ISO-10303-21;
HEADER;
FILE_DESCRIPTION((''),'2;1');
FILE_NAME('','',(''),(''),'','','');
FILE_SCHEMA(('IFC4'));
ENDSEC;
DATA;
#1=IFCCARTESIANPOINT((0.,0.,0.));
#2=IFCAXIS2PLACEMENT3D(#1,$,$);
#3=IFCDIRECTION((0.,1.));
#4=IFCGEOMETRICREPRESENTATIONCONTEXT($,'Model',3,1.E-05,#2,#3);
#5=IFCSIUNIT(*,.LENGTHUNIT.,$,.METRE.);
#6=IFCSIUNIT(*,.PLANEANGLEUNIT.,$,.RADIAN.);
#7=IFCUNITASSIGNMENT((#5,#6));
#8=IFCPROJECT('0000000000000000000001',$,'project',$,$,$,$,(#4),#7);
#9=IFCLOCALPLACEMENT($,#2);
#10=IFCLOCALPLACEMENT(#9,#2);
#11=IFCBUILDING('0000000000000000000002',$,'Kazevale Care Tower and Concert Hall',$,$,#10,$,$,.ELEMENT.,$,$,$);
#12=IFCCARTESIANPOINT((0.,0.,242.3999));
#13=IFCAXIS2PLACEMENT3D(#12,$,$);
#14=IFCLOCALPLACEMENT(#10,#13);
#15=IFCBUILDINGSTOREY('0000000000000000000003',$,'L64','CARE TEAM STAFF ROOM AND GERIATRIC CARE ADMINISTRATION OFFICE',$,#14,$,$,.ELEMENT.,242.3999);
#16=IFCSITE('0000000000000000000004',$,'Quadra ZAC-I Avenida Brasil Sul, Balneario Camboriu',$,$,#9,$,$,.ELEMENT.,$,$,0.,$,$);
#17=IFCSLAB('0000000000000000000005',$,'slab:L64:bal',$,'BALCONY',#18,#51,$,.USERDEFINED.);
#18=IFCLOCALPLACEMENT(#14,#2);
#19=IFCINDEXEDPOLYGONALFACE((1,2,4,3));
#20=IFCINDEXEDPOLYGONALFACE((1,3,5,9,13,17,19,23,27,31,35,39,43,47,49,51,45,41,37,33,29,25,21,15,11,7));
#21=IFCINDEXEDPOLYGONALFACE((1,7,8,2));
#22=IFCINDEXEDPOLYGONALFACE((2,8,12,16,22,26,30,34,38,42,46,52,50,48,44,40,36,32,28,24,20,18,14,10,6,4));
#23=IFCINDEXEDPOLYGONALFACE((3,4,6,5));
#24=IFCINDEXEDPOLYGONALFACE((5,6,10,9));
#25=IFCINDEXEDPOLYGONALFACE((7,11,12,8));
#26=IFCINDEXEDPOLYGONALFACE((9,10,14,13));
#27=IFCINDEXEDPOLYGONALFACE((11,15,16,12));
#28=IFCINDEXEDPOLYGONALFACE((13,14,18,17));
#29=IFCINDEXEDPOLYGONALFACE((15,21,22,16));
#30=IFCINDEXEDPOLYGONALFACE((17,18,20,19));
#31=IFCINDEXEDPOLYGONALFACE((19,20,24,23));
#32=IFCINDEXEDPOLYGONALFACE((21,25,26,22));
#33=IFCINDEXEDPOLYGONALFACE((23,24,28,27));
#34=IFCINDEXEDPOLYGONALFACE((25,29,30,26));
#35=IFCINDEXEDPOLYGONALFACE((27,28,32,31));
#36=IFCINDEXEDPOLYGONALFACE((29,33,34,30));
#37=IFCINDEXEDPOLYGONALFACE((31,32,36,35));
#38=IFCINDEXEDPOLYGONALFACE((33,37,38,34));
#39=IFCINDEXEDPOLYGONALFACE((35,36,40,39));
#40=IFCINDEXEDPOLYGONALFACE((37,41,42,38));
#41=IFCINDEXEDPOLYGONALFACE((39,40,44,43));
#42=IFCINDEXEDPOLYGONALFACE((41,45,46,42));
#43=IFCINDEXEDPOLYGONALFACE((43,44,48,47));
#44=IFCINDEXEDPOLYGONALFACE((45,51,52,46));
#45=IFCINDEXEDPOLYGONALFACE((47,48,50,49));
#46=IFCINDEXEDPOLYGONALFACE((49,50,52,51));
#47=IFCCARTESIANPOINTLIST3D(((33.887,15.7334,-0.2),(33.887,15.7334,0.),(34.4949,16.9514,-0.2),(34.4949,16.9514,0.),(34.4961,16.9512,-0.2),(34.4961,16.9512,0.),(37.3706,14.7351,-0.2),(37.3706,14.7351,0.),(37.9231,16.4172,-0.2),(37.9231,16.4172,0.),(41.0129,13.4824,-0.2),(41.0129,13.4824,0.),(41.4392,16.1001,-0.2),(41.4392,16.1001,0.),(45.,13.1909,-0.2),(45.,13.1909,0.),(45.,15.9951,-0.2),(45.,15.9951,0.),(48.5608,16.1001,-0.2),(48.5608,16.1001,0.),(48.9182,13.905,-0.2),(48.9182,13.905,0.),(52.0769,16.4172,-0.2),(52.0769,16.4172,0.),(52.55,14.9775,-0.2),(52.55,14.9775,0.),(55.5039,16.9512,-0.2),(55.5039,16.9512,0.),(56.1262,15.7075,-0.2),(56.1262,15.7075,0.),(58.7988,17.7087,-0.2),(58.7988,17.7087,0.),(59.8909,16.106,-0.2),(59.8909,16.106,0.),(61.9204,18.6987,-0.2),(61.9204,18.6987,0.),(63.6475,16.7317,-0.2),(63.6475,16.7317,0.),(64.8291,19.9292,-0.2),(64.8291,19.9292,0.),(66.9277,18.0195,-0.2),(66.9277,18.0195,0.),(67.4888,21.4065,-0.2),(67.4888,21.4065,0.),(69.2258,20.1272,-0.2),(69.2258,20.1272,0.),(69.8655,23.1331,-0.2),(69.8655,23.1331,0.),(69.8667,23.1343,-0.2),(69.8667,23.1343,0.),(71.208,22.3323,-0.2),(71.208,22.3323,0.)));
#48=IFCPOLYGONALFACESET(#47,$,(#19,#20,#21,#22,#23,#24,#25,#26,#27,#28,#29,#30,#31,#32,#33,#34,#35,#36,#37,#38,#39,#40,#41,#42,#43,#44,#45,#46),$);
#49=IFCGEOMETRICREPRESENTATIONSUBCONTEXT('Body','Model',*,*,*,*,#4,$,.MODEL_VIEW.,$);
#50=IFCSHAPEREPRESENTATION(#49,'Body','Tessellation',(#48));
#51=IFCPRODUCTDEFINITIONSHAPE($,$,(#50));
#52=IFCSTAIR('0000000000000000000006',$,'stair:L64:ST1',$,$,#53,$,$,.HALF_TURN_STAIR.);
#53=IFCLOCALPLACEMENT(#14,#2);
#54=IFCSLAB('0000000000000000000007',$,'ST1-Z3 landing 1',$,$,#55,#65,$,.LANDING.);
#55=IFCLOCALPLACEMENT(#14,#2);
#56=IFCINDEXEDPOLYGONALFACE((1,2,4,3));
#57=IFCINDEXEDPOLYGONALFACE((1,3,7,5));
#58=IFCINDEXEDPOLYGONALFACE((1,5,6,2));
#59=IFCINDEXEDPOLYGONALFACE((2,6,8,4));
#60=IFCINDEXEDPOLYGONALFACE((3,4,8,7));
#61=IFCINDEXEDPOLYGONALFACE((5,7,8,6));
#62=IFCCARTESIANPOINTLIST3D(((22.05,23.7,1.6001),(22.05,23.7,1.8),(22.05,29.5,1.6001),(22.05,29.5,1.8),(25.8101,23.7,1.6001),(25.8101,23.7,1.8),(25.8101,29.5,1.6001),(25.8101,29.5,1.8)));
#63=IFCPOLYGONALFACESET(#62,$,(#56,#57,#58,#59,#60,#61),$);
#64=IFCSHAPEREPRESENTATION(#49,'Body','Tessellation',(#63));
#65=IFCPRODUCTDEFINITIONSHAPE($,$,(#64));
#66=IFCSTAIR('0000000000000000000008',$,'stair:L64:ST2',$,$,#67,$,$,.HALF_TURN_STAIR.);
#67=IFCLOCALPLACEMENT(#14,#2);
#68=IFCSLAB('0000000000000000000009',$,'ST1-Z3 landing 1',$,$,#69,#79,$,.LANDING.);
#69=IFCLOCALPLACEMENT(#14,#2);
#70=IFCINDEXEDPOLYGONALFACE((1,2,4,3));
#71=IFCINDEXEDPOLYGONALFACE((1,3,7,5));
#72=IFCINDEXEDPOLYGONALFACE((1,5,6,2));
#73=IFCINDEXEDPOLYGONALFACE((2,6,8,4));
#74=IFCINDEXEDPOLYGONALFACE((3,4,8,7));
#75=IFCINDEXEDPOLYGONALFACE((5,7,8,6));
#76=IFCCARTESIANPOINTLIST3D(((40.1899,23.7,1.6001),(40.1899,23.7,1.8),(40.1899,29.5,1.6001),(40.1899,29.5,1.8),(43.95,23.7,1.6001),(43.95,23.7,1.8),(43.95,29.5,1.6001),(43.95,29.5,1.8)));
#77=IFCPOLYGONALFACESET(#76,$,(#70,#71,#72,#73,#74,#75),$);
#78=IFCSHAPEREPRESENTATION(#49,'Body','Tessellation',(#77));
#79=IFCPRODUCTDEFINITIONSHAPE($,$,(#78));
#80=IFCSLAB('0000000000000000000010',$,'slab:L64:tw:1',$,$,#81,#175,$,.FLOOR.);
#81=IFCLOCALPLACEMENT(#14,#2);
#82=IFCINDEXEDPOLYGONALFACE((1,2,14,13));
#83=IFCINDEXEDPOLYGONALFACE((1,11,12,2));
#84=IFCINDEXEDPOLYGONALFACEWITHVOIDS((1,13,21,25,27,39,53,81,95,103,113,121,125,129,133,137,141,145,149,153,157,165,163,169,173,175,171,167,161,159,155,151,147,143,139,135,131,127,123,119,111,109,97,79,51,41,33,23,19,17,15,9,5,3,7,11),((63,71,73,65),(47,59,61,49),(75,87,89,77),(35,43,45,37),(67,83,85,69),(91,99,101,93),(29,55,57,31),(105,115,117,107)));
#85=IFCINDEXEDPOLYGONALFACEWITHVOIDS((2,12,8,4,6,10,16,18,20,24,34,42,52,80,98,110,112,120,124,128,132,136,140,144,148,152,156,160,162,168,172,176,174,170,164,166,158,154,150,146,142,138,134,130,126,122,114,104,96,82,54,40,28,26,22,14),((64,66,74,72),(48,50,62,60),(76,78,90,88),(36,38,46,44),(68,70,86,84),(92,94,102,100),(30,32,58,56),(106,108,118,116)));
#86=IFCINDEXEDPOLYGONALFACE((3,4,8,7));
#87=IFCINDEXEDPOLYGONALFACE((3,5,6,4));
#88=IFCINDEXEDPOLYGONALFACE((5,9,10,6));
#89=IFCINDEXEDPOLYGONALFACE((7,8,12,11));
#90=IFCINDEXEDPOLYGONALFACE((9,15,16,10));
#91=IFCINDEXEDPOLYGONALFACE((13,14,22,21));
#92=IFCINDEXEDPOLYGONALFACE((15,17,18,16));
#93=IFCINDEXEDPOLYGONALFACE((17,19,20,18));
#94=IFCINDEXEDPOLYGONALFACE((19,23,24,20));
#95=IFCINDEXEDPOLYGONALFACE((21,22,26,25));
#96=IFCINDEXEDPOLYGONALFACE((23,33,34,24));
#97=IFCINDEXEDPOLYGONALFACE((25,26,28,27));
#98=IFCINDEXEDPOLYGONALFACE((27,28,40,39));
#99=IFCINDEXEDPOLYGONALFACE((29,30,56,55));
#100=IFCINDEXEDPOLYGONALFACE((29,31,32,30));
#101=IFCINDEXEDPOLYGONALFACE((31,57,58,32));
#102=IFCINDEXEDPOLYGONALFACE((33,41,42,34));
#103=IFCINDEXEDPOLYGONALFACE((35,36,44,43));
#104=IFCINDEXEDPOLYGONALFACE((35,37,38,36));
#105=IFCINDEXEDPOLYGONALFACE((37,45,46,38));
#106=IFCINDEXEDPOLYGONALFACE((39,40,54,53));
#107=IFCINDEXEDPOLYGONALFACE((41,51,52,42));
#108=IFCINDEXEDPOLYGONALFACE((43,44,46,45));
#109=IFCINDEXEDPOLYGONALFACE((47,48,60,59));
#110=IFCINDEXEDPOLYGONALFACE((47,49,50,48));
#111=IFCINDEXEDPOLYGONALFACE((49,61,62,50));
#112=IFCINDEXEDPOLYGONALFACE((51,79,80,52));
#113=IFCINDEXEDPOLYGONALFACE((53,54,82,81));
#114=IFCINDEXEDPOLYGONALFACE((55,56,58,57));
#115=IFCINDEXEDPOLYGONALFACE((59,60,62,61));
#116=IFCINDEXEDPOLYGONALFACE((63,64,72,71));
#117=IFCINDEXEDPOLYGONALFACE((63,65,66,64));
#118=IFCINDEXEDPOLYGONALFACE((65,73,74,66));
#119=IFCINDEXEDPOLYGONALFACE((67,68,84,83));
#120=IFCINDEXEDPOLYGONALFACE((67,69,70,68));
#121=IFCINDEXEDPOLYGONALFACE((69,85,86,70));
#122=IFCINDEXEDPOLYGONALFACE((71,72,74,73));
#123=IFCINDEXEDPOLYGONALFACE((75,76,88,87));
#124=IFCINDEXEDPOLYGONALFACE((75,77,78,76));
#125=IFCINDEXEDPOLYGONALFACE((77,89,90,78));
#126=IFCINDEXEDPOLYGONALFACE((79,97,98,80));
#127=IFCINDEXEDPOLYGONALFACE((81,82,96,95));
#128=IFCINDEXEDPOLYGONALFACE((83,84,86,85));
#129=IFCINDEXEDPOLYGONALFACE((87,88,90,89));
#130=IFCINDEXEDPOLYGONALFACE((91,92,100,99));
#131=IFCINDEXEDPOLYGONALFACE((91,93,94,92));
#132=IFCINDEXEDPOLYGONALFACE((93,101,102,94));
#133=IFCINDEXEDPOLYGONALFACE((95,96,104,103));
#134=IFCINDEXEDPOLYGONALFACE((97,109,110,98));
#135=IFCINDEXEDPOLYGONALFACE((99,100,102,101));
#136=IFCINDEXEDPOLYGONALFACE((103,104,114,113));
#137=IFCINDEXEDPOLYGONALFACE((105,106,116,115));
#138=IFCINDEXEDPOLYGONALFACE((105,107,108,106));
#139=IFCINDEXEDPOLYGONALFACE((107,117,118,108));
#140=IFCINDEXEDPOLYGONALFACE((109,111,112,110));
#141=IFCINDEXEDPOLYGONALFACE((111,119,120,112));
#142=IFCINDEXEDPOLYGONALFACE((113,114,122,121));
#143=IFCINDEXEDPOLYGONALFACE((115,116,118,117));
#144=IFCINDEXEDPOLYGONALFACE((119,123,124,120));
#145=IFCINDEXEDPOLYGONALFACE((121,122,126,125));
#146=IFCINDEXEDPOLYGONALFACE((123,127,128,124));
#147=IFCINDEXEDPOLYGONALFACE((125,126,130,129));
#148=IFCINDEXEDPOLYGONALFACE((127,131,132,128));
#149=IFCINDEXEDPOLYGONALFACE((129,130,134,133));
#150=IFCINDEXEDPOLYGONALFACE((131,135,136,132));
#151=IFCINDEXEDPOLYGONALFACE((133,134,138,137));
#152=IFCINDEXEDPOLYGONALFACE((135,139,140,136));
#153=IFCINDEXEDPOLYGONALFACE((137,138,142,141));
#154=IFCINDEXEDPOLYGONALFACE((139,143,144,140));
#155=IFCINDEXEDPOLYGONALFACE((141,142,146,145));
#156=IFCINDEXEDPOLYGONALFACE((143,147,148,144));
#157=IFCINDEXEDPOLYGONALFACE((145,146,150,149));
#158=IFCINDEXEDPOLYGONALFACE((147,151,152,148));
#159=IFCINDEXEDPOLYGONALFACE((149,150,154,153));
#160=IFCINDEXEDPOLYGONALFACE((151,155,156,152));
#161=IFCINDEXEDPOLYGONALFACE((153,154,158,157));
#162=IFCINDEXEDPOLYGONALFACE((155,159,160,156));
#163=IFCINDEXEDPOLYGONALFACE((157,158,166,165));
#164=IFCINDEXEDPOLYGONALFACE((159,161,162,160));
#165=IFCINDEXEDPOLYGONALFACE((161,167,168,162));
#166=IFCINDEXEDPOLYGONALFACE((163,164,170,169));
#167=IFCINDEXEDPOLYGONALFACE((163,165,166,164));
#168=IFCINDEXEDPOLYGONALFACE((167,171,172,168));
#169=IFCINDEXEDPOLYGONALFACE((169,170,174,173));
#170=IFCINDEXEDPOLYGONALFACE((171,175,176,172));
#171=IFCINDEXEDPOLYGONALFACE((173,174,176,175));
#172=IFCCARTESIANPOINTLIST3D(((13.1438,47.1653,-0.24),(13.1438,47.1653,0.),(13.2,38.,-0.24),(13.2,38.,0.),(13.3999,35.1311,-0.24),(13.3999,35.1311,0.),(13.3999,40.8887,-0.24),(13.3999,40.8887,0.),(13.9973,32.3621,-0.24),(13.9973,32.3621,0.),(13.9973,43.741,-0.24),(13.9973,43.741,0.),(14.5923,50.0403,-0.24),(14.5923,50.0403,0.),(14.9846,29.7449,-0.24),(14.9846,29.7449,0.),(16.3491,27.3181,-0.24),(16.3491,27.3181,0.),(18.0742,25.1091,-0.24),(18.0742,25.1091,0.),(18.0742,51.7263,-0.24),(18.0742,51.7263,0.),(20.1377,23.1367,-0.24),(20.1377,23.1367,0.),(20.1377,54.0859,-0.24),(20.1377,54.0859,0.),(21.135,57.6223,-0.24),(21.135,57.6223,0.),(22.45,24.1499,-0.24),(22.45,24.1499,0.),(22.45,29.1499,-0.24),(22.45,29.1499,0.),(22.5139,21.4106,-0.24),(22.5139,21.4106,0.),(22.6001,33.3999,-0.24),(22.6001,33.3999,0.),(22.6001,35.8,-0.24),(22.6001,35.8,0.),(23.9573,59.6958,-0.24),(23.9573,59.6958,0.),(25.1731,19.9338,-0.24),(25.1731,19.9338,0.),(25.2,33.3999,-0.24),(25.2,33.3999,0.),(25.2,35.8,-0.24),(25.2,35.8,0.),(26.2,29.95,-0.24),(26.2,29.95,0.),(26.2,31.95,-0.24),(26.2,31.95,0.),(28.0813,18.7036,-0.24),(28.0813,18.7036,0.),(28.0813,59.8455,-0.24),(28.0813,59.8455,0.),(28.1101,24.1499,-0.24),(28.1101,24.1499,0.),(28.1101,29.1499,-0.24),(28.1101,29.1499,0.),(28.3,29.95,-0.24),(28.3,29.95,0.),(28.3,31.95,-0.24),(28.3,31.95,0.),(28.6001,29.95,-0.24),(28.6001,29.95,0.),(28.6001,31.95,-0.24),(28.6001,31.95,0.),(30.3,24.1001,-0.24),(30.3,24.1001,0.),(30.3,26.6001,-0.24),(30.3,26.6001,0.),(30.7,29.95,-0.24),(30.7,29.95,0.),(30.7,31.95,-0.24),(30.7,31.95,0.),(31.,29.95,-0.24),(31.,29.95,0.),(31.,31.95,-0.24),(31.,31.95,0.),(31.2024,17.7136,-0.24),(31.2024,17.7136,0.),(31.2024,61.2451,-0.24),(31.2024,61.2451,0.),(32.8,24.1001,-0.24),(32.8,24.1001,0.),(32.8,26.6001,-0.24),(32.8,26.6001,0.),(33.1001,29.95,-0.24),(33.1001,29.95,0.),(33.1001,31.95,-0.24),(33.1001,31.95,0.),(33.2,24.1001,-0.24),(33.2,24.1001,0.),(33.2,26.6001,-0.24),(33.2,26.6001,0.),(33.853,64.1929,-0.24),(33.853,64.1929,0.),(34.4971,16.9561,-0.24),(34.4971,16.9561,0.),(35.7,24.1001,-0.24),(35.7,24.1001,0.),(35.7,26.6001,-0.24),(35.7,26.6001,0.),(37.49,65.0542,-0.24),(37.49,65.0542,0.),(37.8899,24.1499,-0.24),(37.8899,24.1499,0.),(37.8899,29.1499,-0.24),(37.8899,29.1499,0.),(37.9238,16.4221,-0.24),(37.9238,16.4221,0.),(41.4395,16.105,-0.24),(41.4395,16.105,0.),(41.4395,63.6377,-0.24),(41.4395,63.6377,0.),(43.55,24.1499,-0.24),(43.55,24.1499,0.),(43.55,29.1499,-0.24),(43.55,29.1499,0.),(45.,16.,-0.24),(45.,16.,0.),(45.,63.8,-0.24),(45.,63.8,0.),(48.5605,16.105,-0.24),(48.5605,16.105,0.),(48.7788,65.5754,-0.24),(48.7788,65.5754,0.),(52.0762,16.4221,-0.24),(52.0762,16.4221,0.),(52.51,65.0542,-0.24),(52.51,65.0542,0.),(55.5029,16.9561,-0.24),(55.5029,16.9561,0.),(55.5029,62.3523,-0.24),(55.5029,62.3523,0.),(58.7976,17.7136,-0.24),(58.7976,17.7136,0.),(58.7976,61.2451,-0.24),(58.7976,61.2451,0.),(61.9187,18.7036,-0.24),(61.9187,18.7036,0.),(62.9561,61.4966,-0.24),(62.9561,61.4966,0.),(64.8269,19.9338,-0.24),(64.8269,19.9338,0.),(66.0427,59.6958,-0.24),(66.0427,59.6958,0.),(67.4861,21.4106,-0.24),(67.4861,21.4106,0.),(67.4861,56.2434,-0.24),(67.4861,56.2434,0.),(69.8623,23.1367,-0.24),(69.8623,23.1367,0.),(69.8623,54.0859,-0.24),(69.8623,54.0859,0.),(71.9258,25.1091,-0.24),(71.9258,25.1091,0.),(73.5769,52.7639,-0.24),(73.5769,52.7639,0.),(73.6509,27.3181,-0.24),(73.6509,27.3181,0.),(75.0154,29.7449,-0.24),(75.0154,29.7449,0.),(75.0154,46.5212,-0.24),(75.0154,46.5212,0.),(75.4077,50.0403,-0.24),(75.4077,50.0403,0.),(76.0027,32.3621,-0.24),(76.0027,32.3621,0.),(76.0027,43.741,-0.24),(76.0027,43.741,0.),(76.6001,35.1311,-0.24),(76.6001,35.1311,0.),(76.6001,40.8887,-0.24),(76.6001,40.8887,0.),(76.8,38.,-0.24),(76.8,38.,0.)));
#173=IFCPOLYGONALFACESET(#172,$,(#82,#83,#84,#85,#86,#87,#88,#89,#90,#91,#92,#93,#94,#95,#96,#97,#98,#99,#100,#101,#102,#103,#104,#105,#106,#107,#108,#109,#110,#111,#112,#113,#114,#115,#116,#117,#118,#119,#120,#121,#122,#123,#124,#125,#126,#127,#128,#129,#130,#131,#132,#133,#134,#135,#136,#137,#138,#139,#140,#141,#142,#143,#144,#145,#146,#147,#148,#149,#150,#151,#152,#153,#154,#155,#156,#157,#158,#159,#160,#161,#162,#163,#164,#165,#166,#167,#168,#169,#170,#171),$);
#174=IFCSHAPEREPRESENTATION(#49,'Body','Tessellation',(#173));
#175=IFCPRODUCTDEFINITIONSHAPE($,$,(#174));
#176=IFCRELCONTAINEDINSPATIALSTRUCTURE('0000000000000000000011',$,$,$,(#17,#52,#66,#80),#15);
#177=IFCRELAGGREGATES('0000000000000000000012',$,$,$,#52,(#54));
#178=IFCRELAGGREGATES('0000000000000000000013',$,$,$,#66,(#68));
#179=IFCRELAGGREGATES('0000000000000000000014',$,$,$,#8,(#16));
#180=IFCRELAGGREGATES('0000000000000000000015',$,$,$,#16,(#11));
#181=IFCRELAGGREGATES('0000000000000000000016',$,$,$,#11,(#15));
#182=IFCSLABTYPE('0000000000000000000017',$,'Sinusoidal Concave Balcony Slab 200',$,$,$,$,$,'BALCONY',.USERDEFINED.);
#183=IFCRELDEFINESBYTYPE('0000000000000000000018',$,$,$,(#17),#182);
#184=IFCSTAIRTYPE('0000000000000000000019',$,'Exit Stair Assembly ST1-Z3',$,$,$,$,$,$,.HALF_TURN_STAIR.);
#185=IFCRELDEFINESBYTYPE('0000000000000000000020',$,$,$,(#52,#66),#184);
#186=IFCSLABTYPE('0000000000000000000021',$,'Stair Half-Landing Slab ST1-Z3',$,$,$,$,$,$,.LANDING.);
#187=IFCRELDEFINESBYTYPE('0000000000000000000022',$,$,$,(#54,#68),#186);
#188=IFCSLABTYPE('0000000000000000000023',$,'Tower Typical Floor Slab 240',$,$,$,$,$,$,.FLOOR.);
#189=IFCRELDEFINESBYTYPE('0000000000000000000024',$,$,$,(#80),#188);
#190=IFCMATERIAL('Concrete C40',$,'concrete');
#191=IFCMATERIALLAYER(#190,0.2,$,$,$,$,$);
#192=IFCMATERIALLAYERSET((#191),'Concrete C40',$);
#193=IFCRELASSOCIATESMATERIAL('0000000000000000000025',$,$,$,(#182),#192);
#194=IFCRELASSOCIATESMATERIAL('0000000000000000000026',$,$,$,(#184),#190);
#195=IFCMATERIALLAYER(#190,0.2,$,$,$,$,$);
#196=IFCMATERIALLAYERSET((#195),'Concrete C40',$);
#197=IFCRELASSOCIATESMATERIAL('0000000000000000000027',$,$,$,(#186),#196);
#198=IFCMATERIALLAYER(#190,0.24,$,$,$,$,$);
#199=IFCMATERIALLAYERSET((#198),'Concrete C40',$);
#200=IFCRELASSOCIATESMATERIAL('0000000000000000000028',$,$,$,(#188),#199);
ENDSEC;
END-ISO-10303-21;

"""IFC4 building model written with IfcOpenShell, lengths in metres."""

from ifc_helpers import new_model, si_unit, direction, frame, origin, place, context, subcontext, project, spatial, polyline, outline, extrude, material, layer, layer_set, type_object, element, aggregate, save


model = new_model("IFC4")

# Units and contexts
model_context = context("Model", 3, precision=1e-05, world=origin(), true_north=direction((0.0, 1.0)))
body_context = subcontext(model_context, "Body", "Model", "MODEL_VIEW")
ifc_project = project(units=[si_unit("LENGTHUNIT", "METRE"), si_unit("PLANEANGLEUNIT", "RADIAN")], contexts=[model_context])

# Site, building, storey
site_placement = place(None, origin())
site = spatial("IfcSite", under=ifc_project, at=site_placement, Name="Quadra ZAC-I Avenida Brasil Sul, Balneario Camboriu", CompositionType="ELEMENT", RefElevation=0.0)
building_placement = place(site_placement, origin())
building = spatial("IfcBuilding", under=site, at=building_placement, Name="Kazevale Care Tower and Concert Hall", CompositionType="ELEMENT")
storey_placement = place(building_placement, frame((0.0, 0.0, 242.3999)))
storey = spatial("IfcBuildingStorey", under=building, at=storey_placement, Name="L64", Description="CARE TEAM STAFF ROOM AND GERIATRIC CARE ADMINISTRATION OFFICE", CompositionType="ELEMENT", Elevation=242.3999)

# Slab
ifc_material_1 = material(Name="Concrete C40", Category="concrete")
ifc_layer_1 = layer(ifc_material_1, 0.2)
ifc_layer_set_1 = layer_set([ifc_layer_1], Name="Concrete C40")
slab_type_1 = type_object("IfcSlabType", Name="Sinusoidal Concave Balcony Slab 200", ElementType="BALCONY", PredefinedType="USERDEFINED", material=ifc_layer_set_1)
slab_1_placement = place(storey_placement, frame((0.0, 0.0, -0.2)))
element("IfcSlab", 1, at=slab_1_placement, inside=storey, type_object=slab_type_1, Name="slab:L64:bal", ObjectType="BALCONY", PredefinedType="USERDEFINED", context=body_context, shape_type="SweptSolid", body=[
    extrude(outline(polyline([(71.208, 22.3323), (69.2258, 20.1272), (66.9277, 18.0195), (63.6475, 16.7317), (59.8909, 16.106), (56.1262, 15.7075), (52.55, 14.9775), (48.9182, 13.905), (45.0, 13.1909), (41.0129, 13.4824), (37.3706, 14.7351), (33.887, 15.7334), (34.4949, 16.9514), (34.4961, 16.9512), (37.9231, 16.4172), (41.4392, 16.1001), (45.0, 15.9951), (48.5608, 16.1001), (52.0769, 16.4172), (55.5039, 16.9512), (58.7988, 17.7087), (61.9204, 18.6987), (64.8291, 19.9292), (67.4888, 21.4065), (69.8655, 23.1331), (69.8667, 23.1343), (71.208, 22.3323)])), origin(), (0.0, 0.0, 1.0), 0.2),
])

# Stairs, slabs
stair_type = type_object("IfcStairType", Name="Exit Stair Assembly ST1-Z3", PredefinedType="HALF_TURN_STAIR", material=ifc_material_1)
stair_1_placement = place(storey_placement, origin())
stair_1 = element("IfcStair", 2, at=stair_1_placement, inside=storey, type_object=stair_type, Name="stair:L64:ST1", PredefinedType="HALF_TURN_STAIR")
ifc_layer_2 = layer(ifc_material_1, 0.2)
ifc_layer_set_2 = layer_set([ifc_layer_2], Name="Concrete C40")
slab_type_2 = type_object("IfcSlabType", Name="Stair Half-Landing Slab ST1-Z3", PredefinedType="LANDING", material=ifc_layer_set_2)
slab_2_placement = place(storey_placement, frame((0.0, 0.0, 1.6001)))
slab_2 = element("IfcSlab", 3, at=slab_2_placement, type_object=slab_type_2, Name="ST1-Z3 landing 1", PredefinedType="LANDING", context=body_context, shape_type="SweptSolid", body=[
    extrude(outline(polyline([(22.05, 23.7), (25.8101, 23.7), (25.8101, 29.5), (22.05, 29.5), (22.05, 23.7)])), origin(), (0.0, 0.0, 1.0), 0.2),
])
aggregate(stair_1, [slab_2])
stair_2_placement = place(storey_placement, origin())
stair_2 = element("IfcStair", 4, at=stair_2_placement, inside=storey, type_object=stair_type, Name="stair:L64:ST2", PredefinedType="HALF_TURN_STAIR")
slab_3_placement = place(storey_placement, frame((0.0, 0.0, 1.6001)))
slab_3 = element("IfcSlab", 5, at=slab_3_placement, type_object=slab_type_2, Name="ST1-Z3 landing 1", PredefinedType="LANDING", context=body_context, shape_type="SweptSolid", body=[
    extrude(outline(polyline([(40.1899, 23.7), (43.95, 23.7), (43.95, 29.5), (40.1899, 29.5), (40.1899, 23.7)])), origin(), (0.0, 0.0, 1.0), 0.2),
])
aggregate(stair_2, [slab_3])

# Slab
ifc_layer_3 = layer(ifc_material_1, 0.24)
ifc_layer_set_3 = layer_set([ifc_layer_3], Name="Concrete C40")
slab_type_3 = type_object("IfcSlabType", Name="Tower Typical Floor Slab 240", PredefinedType="FLOOR", material=ifc_layer_set_3)
slab_4_placement = place(storey_placement, frame((0.0, 0.0, -0.24)))
element("IfcSlab", 6, at=slab_4_placement, inside=storey, type_object=slab_type_3, Name="slab:L64:tw:1", PredefinedType="FLOOR", context=body_context, shape_type="SweptSolid", body=[
    extrude(outline(polyline([(76.8, 38.0), (76.6001, 40.8887), (76.0027, 43.741), (75.0154, 46.5212), (75.4077, 50.0403), (73.5769, 52.7639), (69.8623, 54.0859), (67.4861, 56.2434), (66.0427, 59.6958), (62.9561, 61.4966), (58.7976, 61.2451), (55.5029, 62.3523), (52.51, 65.0542), (48.7788, 65.5754), (45.0, 63.8), (41.4395, 63.6377), (37.49, 65.0542), (33.853, 64.1929), (31.2024, 61.2451), (28.0813, 59.8455), (23.9573, 59.6958), (21.135, 57.6223), (20.1377, 54.0859), (18.0742, 51.7263), (14.5923, 50.0403), (13.1438, 47.1653), (13.9973, 43.741), (13.3999, 40.8887), (13.2, 38.0), (13.3999, 35.1311), (13.9973, 32.3621), (14.9846, 29.7449), (16.3491, 27.3181), (18.0742, 25.1091), (20.1377, 23.1367), (22.5139, 21.4106), (25.1731, 19.9338), (28.0813, 18.7036), (31.2024, 17.7136), (34.4971, 16.9561), (37.9238, 16.4221), (41.4395, 16.105), (45.0, 16.0), (48.5605, 16.105), (52.0762, 16.4221), (55.5029, 16.9561), (58.7976, 17.7136), (61.9187, 18.7036), (64.8269, 19.9338), (67.4861, 21.4106), (69.8623, 23.1367), (71.9258, 25.1091), (73.6509, 27.3181), (75.0154, 29.7449), (76.0027, 32.3621), (76.6001, 35.1311), (76.8, 38.0)]), holes=[polyline([(22.45, 24.1499), (28.1101, 24.1499), (28.1101, 29.1499), (22.45, 29.1499), (22.45, 24.1499)]), polyline([(37.8899, 24.1499), (43.55, 24.1499), (43.55, 29.1499), (37.8899, 29.1499), (37.8899, 24.1499)]), polyline([(30.3, 24.1001), (32.8, 24.1001), (32.8, 26.6001), (30.3, 26.6001), (30.3, 24.1001)]), polyline([(33.2, 24.1001), (35.7, 24.1001), (35.7, 26.6001), (33.2, 26.6001), (33.2, 24.1001)]), polyline([(22.6001, 33.3999), (25.2, 33.3999), (25.2, 35.8), (22.6001, 35.8), (22.6001, 33.3999)]), polyline([(26.2, 29.95), (28.3, 29.95), (28.3, 31.95), (26.2, 31.95), (26.2, 29.95)]), polyline([(28.6001, 29.95), (30.7, 29.95), (30.7, 31.95), (28.6001, 31.95), (28.6001, 29.95)]), polyline([(31.0, 29.95), (33.1001, 29.95), (33.1001, 31.95), (31.0, 31.95), (31.0, 29.95)])]), origin(), (0.0, 0.0, 1.0), 0.24),
])

save(model, "model.ifc")
